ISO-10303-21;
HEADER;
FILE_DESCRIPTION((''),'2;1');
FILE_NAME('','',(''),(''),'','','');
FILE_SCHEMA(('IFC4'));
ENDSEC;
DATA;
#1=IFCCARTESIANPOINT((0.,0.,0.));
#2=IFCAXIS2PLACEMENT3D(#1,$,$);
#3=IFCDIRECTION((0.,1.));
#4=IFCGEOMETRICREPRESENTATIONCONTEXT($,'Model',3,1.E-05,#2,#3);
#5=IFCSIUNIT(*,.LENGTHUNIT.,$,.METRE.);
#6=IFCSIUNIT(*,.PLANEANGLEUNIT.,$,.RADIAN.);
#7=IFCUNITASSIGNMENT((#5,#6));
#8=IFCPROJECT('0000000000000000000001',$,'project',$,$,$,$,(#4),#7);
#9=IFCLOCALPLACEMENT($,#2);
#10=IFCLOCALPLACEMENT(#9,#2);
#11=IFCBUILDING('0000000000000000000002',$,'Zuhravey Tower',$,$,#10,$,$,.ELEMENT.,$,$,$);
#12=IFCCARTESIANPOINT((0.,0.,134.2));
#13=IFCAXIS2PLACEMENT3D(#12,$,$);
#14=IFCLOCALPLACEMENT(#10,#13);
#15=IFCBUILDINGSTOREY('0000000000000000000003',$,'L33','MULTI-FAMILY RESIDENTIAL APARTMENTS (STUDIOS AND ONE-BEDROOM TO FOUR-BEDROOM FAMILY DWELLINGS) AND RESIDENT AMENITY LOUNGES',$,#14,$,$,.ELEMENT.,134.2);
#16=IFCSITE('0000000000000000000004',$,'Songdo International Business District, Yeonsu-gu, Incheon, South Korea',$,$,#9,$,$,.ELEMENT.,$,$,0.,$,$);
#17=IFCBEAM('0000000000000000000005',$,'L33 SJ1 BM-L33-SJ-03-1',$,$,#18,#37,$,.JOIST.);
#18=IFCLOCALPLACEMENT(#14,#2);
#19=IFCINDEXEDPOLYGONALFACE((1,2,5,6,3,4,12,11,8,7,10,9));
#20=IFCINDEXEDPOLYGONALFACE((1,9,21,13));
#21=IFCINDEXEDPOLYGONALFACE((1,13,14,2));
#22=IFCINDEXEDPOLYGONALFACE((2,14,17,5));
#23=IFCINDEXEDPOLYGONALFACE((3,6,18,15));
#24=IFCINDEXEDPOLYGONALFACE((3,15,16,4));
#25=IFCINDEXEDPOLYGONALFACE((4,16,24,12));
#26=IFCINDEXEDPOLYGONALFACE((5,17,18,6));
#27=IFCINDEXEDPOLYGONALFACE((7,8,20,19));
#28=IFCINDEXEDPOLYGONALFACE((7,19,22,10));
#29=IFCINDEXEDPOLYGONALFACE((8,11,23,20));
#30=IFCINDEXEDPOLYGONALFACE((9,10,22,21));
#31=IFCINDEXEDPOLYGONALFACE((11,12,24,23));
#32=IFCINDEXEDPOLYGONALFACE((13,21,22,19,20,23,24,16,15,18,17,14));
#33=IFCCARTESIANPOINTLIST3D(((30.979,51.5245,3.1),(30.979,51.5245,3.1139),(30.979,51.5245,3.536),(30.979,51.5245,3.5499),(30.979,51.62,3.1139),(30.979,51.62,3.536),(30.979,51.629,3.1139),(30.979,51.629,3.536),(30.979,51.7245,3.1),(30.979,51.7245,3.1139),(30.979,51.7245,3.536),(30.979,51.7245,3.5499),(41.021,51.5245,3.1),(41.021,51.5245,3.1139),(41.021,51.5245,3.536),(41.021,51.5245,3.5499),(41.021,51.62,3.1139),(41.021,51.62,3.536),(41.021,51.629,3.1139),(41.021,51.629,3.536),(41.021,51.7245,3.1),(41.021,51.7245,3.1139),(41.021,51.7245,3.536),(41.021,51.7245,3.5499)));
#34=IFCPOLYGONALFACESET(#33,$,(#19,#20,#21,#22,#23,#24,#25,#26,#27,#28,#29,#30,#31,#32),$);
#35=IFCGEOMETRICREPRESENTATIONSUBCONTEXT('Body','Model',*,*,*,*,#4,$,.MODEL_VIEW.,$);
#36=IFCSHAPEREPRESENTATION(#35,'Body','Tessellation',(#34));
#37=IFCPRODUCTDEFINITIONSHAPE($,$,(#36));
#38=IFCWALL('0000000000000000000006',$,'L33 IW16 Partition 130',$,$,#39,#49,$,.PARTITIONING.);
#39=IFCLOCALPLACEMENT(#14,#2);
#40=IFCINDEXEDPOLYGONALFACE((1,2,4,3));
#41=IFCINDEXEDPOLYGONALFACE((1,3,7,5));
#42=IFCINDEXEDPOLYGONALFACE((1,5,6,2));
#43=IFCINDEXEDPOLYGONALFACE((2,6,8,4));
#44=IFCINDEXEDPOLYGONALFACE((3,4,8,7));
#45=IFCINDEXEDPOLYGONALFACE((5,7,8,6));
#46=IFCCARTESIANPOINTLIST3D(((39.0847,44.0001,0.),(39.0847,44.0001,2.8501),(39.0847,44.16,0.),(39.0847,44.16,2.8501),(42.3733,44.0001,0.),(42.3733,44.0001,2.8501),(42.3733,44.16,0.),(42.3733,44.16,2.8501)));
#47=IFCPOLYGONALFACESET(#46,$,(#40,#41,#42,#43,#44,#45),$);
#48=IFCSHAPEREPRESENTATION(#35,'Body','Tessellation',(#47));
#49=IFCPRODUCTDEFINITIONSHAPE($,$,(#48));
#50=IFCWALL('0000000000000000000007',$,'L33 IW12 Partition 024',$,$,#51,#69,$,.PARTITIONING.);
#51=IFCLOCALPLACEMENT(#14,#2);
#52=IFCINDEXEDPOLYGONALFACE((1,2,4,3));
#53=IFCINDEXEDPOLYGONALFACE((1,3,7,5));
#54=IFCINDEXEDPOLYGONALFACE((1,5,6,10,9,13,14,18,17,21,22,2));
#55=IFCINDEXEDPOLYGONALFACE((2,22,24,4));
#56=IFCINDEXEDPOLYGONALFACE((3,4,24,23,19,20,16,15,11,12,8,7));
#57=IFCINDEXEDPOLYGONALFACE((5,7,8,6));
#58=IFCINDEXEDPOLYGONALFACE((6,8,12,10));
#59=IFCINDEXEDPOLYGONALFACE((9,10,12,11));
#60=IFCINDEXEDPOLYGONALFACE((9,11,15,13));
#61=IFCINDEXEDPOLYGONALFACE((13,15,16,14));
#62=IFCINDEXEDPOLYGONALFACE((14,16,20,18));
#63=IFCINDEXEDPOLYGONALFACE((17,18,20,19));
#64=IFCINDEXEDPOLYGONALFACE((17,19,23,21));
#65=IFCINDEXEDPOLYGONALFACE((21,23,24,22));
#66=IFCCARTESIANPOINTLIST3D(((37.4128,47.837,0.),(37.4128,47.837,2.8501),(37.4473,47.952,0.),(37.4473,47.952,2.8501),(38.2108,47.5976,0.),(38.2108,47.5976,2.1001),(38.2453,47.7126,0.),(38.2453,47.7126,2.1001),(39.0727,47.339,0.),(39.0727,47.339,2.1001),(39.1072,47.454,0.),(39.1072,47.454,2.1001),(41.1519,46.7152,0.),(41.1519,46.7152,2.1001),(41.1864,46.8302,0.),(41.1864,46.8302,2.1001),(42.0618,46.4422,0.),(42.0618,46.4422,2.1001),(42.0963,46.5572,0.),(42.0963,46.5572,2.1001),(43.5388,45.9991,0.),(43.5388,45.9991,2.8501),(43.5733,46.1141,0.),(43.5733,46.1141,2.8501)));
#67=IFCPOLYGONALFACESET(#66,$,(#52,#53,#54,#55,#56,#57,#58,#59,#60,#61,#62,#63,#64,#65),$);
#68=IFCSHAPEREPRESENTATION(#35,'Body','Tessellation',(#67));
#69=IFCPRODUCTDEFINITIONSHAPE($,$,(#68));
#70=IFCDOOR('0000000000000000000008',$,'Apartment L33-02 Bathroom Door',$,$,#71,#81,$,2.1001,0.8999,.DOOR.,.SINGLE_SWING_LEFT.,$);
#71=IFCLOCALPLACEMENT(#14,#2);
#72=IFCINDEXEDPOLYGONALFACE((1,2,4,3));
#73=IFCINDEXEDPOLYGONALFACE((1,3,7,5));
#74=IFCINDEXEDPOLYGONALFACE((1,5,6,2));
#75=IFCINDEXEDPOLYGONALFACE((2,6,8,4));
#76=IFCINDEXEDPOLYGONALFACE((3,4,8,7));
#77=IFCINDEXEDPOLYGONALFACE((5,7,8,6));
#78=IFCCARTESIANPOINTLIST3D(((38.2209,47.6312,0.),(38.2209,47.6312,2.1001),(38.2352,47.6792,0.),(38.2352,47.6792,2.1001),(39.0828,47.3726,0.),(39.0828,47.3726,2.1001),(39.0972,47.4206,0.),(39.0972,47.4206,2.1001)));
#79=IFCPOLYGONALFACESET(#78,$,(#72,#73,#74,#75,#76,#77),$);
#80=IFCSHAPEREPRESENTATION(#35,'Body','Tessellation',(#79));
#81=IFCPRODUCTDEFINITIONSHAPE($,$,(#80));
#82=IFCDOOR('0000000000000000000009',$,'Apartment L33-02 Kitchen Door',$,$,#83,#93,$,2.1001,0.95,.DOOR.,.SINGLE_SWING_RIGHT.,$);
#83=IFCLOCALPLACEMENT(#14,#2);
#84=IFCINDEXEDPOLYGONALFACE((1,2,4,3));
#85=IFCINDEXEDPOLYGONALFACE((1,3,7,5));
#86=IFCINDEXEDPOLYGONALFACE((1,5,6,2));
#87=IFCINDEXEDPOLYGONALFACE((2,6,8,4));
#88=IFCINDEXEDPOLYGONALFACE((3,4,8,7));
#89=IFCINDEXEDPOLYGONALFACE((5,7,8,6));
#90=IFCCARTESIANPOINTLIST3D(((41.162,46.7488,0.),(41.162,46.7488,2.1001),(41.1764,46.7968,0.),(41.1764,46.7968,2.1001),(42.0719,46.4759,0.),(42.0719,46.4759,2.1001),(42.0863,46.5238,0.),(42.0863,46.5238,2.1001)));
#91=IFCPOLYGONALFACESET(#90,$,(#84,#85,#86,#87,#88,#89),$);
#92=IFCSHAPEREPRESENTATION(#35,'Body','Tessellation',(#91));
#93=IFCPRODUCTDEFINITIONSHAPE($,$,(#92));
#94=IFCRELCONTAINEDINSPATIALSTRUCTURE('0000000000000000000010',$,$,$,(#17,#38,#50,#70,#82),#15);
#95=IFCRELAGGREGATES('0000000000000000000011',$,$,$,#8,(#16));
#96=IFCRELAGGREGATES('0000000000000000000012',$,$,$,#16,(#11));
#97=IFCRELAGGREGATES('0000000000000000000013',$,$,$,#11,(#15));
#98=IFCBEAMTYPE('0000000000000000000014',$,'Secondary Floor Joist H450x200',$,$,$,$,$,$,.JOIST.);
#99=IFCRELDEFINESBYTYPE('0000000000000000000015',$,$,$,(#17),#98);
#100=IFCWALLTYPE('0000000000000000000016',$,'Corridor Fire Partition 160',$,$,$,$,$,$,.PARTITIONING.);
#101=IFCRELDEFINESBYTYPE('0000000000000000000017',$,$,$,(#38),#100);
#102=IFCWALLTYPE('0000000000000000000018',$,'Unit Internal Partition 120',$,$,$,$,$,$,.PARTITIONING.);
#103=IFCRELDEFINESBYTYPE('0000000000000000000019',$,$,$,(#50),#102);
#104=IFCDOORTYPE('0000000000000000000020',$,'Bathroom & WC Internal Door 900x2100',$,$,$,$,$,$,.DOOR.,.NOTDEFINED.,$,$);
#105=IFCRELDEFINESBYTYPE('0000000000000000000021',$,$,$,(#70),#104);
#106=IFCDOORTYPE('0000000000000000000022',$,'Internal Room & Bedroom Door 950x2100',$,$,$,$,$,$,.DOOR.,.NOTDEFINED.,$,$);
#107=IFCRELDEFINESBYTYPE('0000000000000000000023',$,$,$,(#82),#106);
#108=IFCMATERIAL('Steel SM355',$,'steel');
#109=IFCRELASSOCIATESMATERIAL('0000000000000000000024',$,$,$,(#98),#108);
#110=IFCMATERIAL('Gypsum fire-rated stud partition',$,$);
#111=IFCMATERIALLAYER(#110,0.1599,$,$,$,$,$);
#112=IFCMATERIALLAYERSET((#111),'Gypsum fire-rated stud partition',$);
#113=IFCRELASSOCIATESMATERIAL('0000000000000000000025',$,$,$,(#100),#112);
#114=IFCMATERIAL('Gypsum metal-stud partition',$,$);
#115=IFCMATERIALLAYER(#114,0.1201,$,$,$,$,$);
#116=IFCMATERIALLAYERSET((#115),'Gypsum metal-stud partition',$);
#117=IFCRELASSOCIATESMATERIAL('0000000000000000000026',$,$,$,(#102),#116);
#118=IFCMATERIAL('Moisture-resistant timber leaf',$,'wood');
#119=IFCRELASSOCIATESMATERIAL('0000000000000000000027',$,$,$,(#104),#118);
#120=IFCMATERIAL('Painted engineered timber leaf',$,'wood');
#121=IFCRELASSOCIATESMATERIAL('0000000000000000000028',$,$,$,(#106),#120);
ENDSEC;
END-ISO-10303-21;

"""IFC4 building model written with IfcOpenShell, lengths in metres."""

from ifc_helpers import new_model, si_unit, direction, frame, frame_2d, origin, origin_2d, place, context, subcontext, project, spatial, rectangle, i_section, extrude, material, layer, layer_set, material_profile, profile_set, type_object, element, fill, save


model = new_model("IFC4")

# Units and contexts
model_context = context("Model", 3, precision=1e-05, world=origin(), true_north=direction((0.0, 1.0)))
body_context = subcontext(model_context, "Body", "Model", "MODEL_VIEW")
ifc_project = project(units=[si_unit("LENGTHUNIT", "METRE"), si_unit("PLANEANGLEUNIT", "RADIAN")], contexts=[model_context])

# Site, building, storey
site_placement = place(None, origin())
site = spatial("IfcSite", under=ifc_project, at=site_placement, Name="Songdo International Business District, Yeonsu-gu, Incheon, South Korea", CompositionType="ELEMENT", RefElevation=0.0)
building_placement = place(site_placement, origin())
building = spatial("IfcBuilding", under=site, at=building_placement, Name="Zuhravey Tower", CompositionType="ELEMENT")
storey_placement = place(building_placement, frame((0.0, 0.0, 134.2)))
storey = spatial("IfcBuildingStorey", under=building, at=storey_placement, Name="L33", Description="MULTI-FAMILY RESIDENTIAL APARTMENTS (STUDIOS AND ONE-BEDROOM TO FOUR-BEDROOM FAMILY DWELLINGS) AND RESIDENT AMENITY LOUNGES", CompositionType="ELEMENT", Elevation=134.2)

# Beam
ifc_material_1 = material(Name="Steel SM355", Category="steel")
ifc_material_profile = material_profile(ifc_material_1, i_section(OverallWidth=0.2, OverallDepth=0.45, WebThickness=0.009, FlangeThickness=0.0139, at=origin_2d()), Name="H-450x200x9x14")
ifc_profile_set = profile_set([ifc_material_profile], Name="Steel SM355")
beam_type = type_object("IfcBeamType", Name="Secondary Floor Joist H450x200", PredefinedType="JOIST", material=ifc_profile_set)
beam_placement = place(storey_placement, frame((41.021, 51.6245, 3.325), z_axis=(-1.0, 0.0, 0.0), x_axis=(0.0, -1.0, 0.0)))
element("IfcBeam", 1, at=beam_placement, inside=storey, type_object=beam_type, Name="L33 SJ1 BM-L33-SJ-03-1", PredefinedType="JOIST", context=body_context, shape_type="SweptSolid", body=[
    extrude(i_section(OverallWidth=0.2, OverallDepth=0.45, WebThickness=0.009, FlangeThickness=0.0139, at=origin_2d()), origin(), (0.0, 0.0, 1.0), 10.042),
])

# Shared definitions
ifc_material_2 = material(Name="Gypsum fire-rated stud partition")
ifc_layer_1 = layer(ifc_material_2, 0.1599)
ifc_layer_set_1 = layer_set([ifc_layer_1], Name="Gypsum fire-rated stud partition")
wall_type_1 = type_object("IfcWallType", Name="Corridor Fire Partition 160", PredefinedType="PARTITIONING", material=ifc_layer_set_1)

# Wall
wall_1_placement = place(storey_placement, frame((42.3733, 44.0801, 0.0), z_axis=(0.0, 0.0, 1.0), x_axis=(-1.0, 0.0, 0.0)))
element("IfcWall", 2, at=wall_1_placement, inside=storey, type_object=wall_type_1, Name="L33 IW16 Partition 130", PredefinedType="PARTITIONING", context=body_context, shape_type="SweptSolid", body=[
    extrude(rectangle(XDim=3.2886, YDim=0.1599, at=frame_2d((1.6443, 0.0))), origin(), (0.0, 0.0, 1.0), 2.8501),
])

# Wall, openings, doors
ifc_material_3 = material(Name="Gypsum metal-stud partition")
ifc_layer_2 = layer(ifc_material_3, 0.1201)
ifc_layer_set_2 = layer_set([ifc_layer_2], Name="Gypsum metal-stud partition")
wall_type_2 = type_object("IfcWallType", Name="Unit Internal Partition 120", PredefinedType="PARTITIONING", material=ifc_layer_set_2)
wall_2_placement = place(storey_placement, frame((43.5559, 46.0566, 0.0), z_axis=(0.0, 0.0, 1.0), x_axis=(-0.957822, 0.287362, 0.0)))
wall_2 = element("IfcWall", 3, at=wall_2_placement, inside=storey, type_object=wall_type_2, Name="L33 IW12 Partition 024", PredefinedType="PARTITIONING", context=body_context, shape_type="SweptSolid", body=[
    extrude(rectangle(XDim=6.3958, YDim=0.1201, at=frame_2d((3.1978, 0.0))), origin(), (0.0, 0.0, 1.0), 2.8501),
])
opening_1_placement = place(wall_2_placement, frame((1.5417, 0.0, 0.0)))
opening_1 = element("IfcOpeningElement", 4, at=opening_1_placement, cuts=wall_2, PredefinedType="OPENING", context=body_context, shape_type="SweptSolid", body=[
    extrude(rectangle(XDim=0.95, YDim=2.1001, at=frame_2d((0.4751, 1.05))), frame((0.0, 0.072, 0.0), z_axis=(0.0, -1.0, 0.0), x_axis=(1.0, 0.0, 0.0)), (0.0, 0.0, 1.0), 0.144),
])
opening_2_placement = place(wall_2_placement, frame((4.6626, 0.0, 0.0)))
opening_2 = element("IfcOpeningElement", 5, at=opening_2_placement, cuts=wall_2, PredefinedType="OPENING", context=body_context, shape_type="SweptSolid", body=[
    extrude(rectangle(XDim=0.8999, YDim=2.1001, at=frame_2d((0.45, 1.05))), frame((0.0, 0.072, 0.0), z_axis=(0.0, -1.0, 0.0), x_axis=(1.0, 0.0, 0.0)), (0.0, 0.0, 1.0), 0.144),
])
ifc_material_4 = material(Name="Moisture-resistant timber leaf", Category="wood")
door_type_1 = type_object("IfcDoorType", Name="Bathroom & WC Internal Door 900x2100", OperationType="NOTDEFINED", PredefinedType="DOOR", material=ifc_material_4)
door_1_placement = place(opening_2_placement, origin())
door_1 = element("IfcDoor", 6, at=door_1_placement, inside=storey, type_object=door_type_1, Name="Apartment L33-02 Bathroom Door", OperationType="SINGLE_SWING_LEFT", OverallHeight=2.1001, OverallWidth=0.8999, PredefinedType="DOOR", context=body_context, shape_type="SweptSolid", body=[
    extrude(rectangle(XDim=0.8999, YDim=2.1001, at=frame_2d((0.45, 1.05))), frame((0.0, 0.0249, 0.0), z_axis=(0.0, -1.0, 0.0), x_axis=(1.0, 0.0, 0.0)), (0.0, 0.0, 1.0), 0.05),
])
fill(opening_2, door_1)
ifc_material_5 = material(Name="Painted engineered timber leaf", Category="wood")
door_type_2 = type_object("IfcDoorType", Name="Internal Room & Bedroom Door 950x2100", OperationType="NOTDEFINED", PredefinedType="DOOR", material=ifc_material_5)
door_2_placement = place(opening_1_placement, origin())
door_2 = element("IfcDoor", 7, at=door_2_placement, inside=storey, type_object=door_type_2, Name="Apartment L33-02 Kitchen Door", OperationType="SINGLE_SWING_RIGHT", OverallHeight=2.1001, OverallWidth=0.95, PredefinedType="DOOR", context=body_context, shape_type="SweptSolid", body=[
    extrude(rectangle(XDim=0.95, YDim=2.1001, at=frame_2d((0.4751, 1.05))), frame((0.0, 0.0249, 0.0), z_axis=(0.0, -1.0, 0.0), x_axis=(1.0, 0.0, 0.0)), (0.0, 0.0, 1.0), 0.05),
])
fill(opening_1, door_2)

save(model, "model.ifc")
